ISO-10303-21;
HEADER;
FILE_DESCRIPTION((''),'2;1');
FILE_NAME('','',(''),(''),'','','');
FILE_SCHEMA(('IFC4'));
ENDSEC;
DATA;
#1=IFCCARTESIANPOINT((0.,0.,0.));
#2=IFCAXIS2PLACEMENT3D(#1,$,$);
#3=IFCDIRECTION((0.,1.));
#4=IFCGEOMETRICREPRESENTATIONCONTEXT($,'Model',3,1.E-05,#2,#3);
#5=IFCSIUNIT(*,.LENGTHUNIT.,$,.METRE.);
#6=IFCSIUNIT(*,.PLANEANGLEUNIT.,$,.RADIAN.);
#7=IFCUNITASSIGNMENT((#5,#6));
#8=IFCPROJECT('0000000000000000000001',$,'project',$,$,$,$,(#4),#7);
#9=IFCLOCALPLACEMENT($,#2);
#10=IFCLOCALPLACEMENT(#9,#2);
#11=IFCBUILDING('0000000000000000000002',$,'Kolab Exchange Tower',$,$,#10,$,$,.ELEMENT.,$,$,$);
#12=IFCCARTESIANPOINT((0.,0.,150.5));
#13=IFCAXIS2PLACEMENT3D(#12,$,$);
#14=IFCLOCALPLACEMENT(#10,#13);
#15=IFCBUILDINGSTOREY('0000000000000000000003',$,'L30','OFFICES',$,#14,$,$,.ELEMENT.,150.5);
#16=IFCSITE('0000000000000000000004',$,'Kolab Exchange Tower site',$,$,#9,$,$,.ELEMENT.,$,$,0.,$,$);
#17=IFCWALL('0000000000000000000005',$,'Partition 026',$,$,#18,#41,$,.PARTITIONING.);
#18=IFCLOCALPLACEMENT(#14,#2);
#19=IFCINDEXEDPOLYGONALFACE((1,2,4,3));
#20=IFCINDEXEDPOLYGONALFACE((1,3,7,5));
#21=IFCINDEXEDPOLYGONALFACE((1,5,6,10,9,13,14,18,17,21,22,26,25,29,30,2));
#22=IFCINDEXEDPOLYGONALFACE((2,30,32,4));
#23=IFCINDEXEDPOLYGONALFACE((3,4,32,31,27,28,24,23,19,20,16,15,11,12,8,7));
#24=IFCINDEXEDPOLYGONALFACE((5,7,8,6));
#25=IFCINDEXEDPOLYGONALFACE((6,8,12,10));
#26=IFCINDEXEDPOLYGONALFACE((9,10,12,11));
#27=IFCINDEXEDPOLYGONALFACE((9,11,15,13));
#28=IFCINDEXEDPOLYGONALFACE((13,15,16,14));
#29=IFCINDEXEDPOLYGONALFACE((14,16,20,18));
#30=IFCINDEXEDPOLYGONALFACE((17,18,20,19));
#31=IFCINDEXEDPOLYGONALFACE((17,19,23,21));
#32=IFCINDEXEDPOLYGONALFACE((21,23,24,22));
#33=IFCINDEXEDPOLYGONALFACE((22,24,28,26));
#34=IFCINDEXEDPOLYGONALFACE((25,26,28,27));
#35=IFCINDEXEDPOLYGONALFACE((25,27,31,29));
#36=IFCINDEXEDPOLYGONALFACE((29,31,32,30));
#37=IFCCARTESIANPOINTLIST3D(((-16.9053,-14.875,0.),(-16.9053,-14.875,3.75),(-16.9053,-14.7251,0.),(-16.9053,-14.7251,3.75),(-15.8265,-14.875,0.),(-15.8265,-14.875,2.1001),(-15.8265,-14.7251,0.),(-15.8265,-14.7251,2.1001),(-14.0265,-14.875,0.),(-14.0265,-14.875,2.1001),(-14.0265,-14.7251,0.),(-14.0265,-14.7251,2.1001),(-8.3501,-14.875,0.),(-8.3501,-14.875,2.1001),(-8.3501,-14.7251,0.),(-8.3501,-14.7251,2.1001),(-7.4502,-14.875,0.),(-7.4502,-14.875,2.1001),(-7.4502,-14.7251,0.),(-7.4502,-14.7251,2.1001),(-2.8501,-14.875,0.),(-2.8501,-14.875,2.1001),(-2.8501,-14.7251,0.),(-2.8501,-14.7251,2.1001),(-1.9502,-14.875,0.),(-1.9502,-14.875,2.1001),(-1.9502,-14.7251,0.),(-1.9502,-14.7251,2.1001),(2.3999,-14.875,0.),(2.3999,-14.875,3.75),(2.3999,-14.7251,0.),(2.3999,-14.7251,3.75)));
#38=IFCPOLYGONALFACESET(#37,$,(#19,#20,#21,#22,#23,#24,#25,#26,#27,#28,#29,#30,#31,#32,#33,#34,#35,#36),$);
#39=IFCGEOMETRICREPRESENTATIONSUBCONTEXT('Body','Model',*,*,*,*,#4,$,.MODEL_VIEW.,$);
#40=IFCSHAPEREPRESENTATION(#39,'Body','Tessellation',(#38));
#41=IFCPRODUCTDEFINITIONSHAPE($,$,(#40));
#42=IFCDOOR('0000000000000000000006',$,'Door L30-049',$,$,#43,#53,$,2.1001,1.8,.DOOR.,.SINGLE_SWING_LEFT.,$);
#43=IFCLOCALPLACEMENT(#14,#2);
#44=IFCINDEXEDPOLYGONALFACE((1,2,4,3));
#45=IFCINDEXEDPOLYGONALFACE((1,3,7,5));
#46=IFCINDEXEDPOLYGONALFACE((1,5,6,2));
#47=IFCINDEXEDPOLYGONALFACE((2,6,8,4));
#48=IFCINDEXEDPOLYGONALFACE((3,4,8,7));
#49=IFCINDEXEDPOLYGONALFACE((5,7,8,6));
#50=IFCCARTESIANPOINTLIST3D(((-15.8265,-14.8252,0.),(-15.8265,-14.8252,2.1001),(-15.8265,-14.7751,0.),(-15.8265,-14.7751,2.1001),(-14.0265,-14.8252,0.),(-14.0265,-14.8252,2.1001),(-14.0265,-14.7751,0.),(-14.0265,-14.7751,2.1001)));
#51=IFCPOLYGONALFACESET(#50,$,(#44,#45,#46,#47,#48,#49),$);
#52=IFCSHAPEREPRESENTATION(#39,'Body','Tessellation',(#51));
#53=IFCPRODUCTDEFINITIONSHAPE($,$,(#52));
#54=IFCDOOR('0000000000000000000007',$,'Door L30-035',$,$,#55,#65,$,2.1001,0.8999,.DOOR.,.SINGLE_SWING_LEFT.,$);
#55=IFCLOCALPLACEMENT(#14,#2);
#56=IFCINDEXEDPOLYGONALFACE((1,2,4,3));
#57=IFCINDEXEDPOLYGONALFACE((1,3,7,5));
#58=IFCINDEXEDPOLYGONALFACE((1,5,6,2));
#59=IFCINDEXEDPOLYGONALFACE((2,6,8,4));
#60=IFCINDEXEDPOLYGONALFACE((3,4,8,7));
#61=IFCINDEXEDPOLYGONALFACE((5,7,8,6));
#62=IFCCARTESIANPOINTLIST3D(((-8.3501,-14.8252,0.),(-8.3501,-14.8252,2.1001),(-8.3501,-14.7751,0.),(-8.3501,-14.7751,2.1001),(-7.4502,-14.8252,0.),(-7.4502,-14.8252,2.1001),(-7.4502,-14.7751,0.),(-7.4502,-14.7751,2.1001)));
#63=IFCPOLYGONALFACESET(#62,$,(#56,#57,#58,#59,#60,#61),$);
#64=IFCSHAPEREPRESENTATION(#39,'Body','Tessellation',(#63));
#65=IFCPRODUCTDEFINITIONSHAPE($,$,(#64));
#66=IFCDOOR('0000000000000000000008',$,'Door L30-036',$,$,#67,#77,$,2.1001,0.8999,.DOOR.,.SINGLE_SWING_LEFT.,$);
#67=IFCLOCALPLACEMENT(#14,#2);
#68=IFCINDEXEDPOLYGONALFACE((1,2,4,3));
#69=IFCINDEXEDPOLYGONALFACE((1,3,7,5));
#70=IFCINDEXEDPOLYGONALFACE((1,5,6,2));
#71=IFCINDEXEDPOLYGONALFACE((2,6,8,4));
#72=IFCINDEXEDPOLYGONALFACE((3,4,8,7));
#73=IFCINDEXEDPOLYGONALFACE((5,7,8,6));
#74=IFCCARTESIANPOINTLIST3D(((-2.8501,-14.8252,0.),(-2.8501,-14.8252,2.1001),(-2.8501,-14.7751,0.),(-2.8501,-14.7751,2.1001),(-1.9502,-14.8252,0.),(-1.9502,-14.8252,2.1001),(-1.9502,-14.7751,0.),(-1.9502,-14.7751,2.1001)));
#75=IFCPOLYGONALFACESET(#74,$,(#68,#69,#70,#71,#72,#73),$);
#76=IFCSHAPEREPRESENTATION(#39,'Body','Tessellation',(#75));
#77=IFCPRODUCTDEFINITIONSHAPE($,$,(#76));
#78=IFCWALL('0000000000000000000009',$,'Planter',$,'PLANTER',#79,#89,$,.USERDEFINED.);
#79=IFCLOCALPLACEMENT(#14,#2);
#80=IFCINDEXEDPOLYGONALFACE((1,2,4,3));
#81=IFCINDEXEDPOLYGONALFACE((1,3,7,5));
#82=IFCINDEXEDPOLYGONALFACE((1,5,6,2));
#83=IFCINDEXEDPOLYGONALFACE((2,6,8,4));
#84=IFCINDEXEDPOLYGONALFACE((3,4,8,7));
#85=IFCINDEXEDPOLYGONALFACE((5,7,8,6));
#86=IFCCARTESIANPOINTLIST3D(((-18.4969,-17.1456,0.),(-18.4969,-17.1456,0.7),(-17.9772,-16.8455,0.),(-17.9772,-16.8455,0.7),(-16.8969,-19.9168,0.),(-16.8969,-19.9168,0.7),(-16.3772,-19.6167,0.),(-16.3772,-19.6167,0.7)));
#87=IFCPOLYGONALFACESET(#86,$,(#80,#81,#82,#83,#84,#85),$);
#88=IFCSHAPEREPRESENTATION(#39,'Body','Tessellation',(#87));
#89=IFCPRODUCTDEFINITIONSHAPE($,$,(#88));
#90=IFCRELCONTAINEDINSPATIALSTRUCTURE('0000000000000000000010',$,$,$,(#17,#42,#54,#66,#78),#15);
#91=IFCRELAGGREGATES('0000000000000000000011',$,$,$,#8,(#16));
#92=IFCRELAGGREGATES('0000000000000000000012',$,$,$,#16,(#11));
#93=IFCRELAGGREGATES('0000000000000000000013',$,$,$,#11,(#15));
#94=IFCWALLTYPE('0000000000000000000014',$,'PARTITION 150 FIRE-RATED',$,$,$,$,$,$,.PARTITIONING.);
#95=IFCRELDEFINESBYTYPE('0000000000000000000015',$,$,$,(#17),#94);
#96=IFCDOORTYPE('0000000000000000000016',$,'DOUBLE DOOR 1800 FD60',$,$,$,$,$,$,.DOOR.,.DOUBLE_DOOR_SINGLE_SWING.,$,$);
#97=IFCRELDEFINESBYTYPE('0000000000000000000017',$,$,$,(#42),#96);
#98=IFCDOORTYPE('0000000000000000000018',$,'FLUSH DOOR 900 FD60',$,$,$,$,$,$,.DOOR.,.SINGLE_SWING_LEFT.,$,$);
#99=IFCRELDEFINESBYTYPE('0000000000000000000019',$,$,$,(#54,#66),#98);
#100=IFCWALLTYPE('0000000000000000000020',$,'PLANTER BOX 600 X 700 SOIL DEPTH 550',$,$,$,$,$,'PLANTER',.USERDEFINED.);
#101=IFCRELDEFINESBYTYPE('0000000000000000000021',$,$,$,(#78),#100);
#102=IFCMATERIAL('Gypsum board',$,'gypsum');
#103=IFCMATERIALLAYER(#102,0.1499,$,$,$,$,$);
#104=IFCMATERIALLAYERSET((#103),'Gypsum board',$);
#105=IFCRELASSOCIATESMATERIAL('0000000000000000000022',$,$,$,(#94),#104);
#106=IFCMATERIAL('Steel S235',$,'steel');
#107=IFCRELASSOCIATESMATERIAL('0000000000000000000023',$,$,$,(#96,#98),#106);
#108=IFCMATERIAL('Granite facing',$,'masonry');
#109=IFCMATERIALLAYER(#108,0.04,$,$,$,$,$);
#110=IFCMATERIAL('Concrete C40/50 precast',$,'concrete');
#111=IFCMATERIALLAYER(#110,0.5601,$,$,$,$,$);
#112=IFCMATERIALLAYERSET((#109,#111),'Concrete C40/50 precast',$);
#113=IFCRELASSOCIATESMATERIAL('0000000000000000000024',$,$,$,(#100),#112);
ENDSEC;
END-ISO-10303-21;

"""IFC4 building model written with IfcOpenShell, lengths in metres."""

from ifc_helpers import new_model, si_unit, direction, frame, frame_2d, origin, place, context, subcontext, project, spatial, rectangle, extrude, material, layer, layer_set, type_object, element, fill, save


model = new_model("IFC4")

# Units and contexts
model_context = context("Model", 3, precision=1e-05, world=origin(), true_north=direction((0.0, 1.0)))
body_context = subcontext(model_context, "Body", "Model", "MODEL_VIEW")
ifc_project = project(units=[si_unit("LENGTHUNIT", "METRE"), si_unit("PLANEANGLEUNIT", "RADIAN")], contexts=[model_context])

# Site, building, storey
site_placement = place(None, origin())
site = spatial("IfcSite", under=ifc_project, at=site_placement, Name="Kolab Exchange Tower site", CompositionType="ELEMENT", RefElevation=0.0)
building_placement = place(site_placement, origin())
building = spatial("IfcBuilding", under=site, at=building_placement, Name="Kolab Exchange Tower", CompositionType="ELEMENT")
storey_placement = place(building_placement, frame((0.0, 0.0, 150.5)))
storey = spatial("IfcBuildingStorey", under=building, at=storey_placement, Name="L30", Description="OFFICES", CompositionType="ELEMENT", Elevation=150.5)

# Shared definitions
ifc_material_1 = material(Name="Gypsum board", Category="gypsum")
ifc_layer_1 = layer(ifc_material_1, 0.1499)
ifc_layer_set_1 = layer_set([ifc_layer_1], Name="Gypsum board")
wall_type_1 = type_object("IfcWallType", Name="PARTITION 150 FIRE-RATED", PredefinedType="PARTITIONING", material=ifc_layer_set_1)

# Wall, openings, doors
ifc_material_2 = material(Name="Steel S235", Category="steel")
wall_1_placement = place(storey_placement, frame((-16.9053, -14.8, 0.0), z_axis=(0.0, 0.0, 1.0), x_axis=(1.0, 0.0, 0.0)))
wall_1 = element("IfcWall", 1, at=wall_1_placement, inside=storey, type_object=wall_type_1, Name="Partition 026", PredefinedType="PARTITIONING", context=body_context, shape_type="SweptSolid", body=[
    extrude(rectangle(XDim=19.3052, YDim=0.1499, at=frame_2d((9.6526, 0.0))), origin(), (0.0, 0.0, 1.0), 3.75),
])
opening_1_placement = place(wall_1_placement, frame((8.5552, 0.0, 0.0)))
opening_1 = element("IfcOpeningElement", 2, at=opening_1_placement, cuts=wall_1, PredefinedType="OPENING", context=body_context, shape_type="SweptSolid", body=[
    extrude(rectangle(XDim=0.8999, YDim=2.1001, at=frame_2d((0.45, 1.05))), frame((0.0, 0.085, 0.0), z_axis=(0.0, -1.0, 0.0), x_axis=(1.0, 0.0, 0.0)), (0.0, 0.0, 1.0), 0.1699),
])
opening_2_placement = place(wall_1_placement, frame((14.0552, 0.0, 0.0)))
opening_2 = element("IfcOpeningElement", 3, at=opening_2_placement, cuts=wall_1, PredefinedType="OPENING", context=body_context, shape_type="SweptSolid", body=[
    extrude(rectangle(XDim=0.8999, YDim=2.1001, at=frame_2d((0.45, 1.05))), frame((0.0, 0.085, 0.0), z_axis=(0.0, -1.0, 0.0), x_axis=(1.0, 0.0, 0.0)), (0.0, 0.0, 1.0), 0.1699),
])
opening_3_placement = place(wall_1_placement, frame((1.0789, 0.0, 0.0)))
opening_3 = element("IfcOpeningElement", 4, at=opening_3_placement, cuts=wall_1, PredefinedType="OPENING", context=body_context, shape_type="SweptSolid", body=[
    extrude(rectangle(XDim=1.8, YDim=2.1001, at=frame_2d((0.8999, 1.05))), frame((0.0, 0.085, 0.0), z_axis=(0.0, -1.0, 0.0), x_axis=(1.0, 0.0, 0.0)), (0.0, 0.0, 1.0), 0.1699),
])
door_type_1 = type_object("IfcDoorType", Name="DOUBLE DOOR 1800 FD60", OperationType="DOUBLE_DOOR_SINGLE_SWING", PredefinedType="DOOR", material=ifc_material_2)
door_1_placement = place(opening_3_placement, origin())
door_1 = element("IfcDoor", 5, at=door_1_placement, inside=storey, type_object=door_type_1, Name="Door L30-049", OperationType="SINGLE_SWING_LEFT", OverallHeight=2.1001, OverallWidth=1.8, PredefinedType="DOOR", context=body_context, shape_type="SweptSolid", body=[
    extrude(rectangle(XDim=1.8, YDim=2.1001, at=frame_2d((0.8999, 1.05))), frame((0.0, 0.0249, 0.0), z_axis=(0.0, -1.0, 0.0), x_axis=(1.0, 0.0, 0.0)), (0.0, 0.0, 1.0), 0.05),
])
fill(opening_3, door_1)
door_type_2 = type_object("IfcDoorType", Name="FLUSH DOOR 900 FD60", OperationType="SINGLE_SWING_LEFT", PredefinedType="DOOR", material=ifc_material_2)
door_2_placement = place(opening_1_placement, origin())
door_2 = element("IfcDoor", 6, at=door_2_placement, inside=storey, type_object=door_type_2, Name="Door L30-035", OperationType="SINGLE_SWING_LEFT", OverallHeight=2.1001, OverallWidth=0.8999, PredefinedType="DOOR", context=body_context, shape_type="SweptSolid", body=[
    extrude(rectangle(XDim=0.8999, YDim=2.1001, at=frame_2d((0.45, 1.05))), frame((0.0, 0.0249, 0.0), z_axis=(0.0, -1.0, 0.0), x_axis=(1.0, 0.0, 0.0)), (0.0, 0.0, 1.0), 0.05),
])
fill(opening_1, door_2)
door_3_placement = place(opening_2_placement, origin())
door_3 = element("IfcDoor", 7, at=door_3_placement, inside=storey, type_object=door_type_2, Name="Door L30-036", OperationType="SINGLE_SWING_LEFT", OverallHeight=2.1001, OverallWidth=0.8999, PredefinedType="DOOR", context=body_context, shape_type="SweptSolid", body=[
    extrude(rectangle(XDim=0.8999, YDim=2.1001, at=frame_2d((0.45, 1.05))), frame((0.0, 0.0249, 0.0), z_axis=(0.0, -1.0, 0.0), x_axis=(1.0, 0.0, 0.0)), (0.0, 0.0, 1.0), 0.05),
])
fill(opening_2, door_3)

# Wall
ifc_material_3 = material(Name="Granite facing", Category="masonry")
ifc_layer_2 = layer(ifc_material_3, 0.04)
ifc_material_4 = material(Name="Concrete C40/50 precast", Category="concrete")
ifc_layer_3 = layer(ifc_material_4, 0.5601)
ifc_layer_set_2 = layer_set([ifc_layer_2, ifc_layer_3], Name="Concrete C40/50 precast")
wall_type_2 = type_object("IfcWallType", Name="PLANTER BOX 600 X 700 SOIL DEPTH 550", ElementType="PLANTER", PredefinedType="USERDEFINED", material=ifc_layer_set_2)
wall_2_placement = place(storey_placement, frame((-16.637, -19.7668, 0.0), z_axis=(0.0, 0.0, 1.0), x_axis=(-0.500028, 0.866009, 0.0)))
element("IfcWall", 8, at=wall_2_placement, inside=storey, type_object=wall_type_2, Name="Planter", ObjectType="PLANTER", PredefinedType="USERDEFINED", context=body_context, shape_type="SweptSolid", body=[
    extrude(rectangle(XDim=3.2, YDim=0.6001, at=frame_2d((1.6001, 0.0))), origin(), (0.0, 0.0, 1.0), 0.7),
])

save(model, "model.ifc")
